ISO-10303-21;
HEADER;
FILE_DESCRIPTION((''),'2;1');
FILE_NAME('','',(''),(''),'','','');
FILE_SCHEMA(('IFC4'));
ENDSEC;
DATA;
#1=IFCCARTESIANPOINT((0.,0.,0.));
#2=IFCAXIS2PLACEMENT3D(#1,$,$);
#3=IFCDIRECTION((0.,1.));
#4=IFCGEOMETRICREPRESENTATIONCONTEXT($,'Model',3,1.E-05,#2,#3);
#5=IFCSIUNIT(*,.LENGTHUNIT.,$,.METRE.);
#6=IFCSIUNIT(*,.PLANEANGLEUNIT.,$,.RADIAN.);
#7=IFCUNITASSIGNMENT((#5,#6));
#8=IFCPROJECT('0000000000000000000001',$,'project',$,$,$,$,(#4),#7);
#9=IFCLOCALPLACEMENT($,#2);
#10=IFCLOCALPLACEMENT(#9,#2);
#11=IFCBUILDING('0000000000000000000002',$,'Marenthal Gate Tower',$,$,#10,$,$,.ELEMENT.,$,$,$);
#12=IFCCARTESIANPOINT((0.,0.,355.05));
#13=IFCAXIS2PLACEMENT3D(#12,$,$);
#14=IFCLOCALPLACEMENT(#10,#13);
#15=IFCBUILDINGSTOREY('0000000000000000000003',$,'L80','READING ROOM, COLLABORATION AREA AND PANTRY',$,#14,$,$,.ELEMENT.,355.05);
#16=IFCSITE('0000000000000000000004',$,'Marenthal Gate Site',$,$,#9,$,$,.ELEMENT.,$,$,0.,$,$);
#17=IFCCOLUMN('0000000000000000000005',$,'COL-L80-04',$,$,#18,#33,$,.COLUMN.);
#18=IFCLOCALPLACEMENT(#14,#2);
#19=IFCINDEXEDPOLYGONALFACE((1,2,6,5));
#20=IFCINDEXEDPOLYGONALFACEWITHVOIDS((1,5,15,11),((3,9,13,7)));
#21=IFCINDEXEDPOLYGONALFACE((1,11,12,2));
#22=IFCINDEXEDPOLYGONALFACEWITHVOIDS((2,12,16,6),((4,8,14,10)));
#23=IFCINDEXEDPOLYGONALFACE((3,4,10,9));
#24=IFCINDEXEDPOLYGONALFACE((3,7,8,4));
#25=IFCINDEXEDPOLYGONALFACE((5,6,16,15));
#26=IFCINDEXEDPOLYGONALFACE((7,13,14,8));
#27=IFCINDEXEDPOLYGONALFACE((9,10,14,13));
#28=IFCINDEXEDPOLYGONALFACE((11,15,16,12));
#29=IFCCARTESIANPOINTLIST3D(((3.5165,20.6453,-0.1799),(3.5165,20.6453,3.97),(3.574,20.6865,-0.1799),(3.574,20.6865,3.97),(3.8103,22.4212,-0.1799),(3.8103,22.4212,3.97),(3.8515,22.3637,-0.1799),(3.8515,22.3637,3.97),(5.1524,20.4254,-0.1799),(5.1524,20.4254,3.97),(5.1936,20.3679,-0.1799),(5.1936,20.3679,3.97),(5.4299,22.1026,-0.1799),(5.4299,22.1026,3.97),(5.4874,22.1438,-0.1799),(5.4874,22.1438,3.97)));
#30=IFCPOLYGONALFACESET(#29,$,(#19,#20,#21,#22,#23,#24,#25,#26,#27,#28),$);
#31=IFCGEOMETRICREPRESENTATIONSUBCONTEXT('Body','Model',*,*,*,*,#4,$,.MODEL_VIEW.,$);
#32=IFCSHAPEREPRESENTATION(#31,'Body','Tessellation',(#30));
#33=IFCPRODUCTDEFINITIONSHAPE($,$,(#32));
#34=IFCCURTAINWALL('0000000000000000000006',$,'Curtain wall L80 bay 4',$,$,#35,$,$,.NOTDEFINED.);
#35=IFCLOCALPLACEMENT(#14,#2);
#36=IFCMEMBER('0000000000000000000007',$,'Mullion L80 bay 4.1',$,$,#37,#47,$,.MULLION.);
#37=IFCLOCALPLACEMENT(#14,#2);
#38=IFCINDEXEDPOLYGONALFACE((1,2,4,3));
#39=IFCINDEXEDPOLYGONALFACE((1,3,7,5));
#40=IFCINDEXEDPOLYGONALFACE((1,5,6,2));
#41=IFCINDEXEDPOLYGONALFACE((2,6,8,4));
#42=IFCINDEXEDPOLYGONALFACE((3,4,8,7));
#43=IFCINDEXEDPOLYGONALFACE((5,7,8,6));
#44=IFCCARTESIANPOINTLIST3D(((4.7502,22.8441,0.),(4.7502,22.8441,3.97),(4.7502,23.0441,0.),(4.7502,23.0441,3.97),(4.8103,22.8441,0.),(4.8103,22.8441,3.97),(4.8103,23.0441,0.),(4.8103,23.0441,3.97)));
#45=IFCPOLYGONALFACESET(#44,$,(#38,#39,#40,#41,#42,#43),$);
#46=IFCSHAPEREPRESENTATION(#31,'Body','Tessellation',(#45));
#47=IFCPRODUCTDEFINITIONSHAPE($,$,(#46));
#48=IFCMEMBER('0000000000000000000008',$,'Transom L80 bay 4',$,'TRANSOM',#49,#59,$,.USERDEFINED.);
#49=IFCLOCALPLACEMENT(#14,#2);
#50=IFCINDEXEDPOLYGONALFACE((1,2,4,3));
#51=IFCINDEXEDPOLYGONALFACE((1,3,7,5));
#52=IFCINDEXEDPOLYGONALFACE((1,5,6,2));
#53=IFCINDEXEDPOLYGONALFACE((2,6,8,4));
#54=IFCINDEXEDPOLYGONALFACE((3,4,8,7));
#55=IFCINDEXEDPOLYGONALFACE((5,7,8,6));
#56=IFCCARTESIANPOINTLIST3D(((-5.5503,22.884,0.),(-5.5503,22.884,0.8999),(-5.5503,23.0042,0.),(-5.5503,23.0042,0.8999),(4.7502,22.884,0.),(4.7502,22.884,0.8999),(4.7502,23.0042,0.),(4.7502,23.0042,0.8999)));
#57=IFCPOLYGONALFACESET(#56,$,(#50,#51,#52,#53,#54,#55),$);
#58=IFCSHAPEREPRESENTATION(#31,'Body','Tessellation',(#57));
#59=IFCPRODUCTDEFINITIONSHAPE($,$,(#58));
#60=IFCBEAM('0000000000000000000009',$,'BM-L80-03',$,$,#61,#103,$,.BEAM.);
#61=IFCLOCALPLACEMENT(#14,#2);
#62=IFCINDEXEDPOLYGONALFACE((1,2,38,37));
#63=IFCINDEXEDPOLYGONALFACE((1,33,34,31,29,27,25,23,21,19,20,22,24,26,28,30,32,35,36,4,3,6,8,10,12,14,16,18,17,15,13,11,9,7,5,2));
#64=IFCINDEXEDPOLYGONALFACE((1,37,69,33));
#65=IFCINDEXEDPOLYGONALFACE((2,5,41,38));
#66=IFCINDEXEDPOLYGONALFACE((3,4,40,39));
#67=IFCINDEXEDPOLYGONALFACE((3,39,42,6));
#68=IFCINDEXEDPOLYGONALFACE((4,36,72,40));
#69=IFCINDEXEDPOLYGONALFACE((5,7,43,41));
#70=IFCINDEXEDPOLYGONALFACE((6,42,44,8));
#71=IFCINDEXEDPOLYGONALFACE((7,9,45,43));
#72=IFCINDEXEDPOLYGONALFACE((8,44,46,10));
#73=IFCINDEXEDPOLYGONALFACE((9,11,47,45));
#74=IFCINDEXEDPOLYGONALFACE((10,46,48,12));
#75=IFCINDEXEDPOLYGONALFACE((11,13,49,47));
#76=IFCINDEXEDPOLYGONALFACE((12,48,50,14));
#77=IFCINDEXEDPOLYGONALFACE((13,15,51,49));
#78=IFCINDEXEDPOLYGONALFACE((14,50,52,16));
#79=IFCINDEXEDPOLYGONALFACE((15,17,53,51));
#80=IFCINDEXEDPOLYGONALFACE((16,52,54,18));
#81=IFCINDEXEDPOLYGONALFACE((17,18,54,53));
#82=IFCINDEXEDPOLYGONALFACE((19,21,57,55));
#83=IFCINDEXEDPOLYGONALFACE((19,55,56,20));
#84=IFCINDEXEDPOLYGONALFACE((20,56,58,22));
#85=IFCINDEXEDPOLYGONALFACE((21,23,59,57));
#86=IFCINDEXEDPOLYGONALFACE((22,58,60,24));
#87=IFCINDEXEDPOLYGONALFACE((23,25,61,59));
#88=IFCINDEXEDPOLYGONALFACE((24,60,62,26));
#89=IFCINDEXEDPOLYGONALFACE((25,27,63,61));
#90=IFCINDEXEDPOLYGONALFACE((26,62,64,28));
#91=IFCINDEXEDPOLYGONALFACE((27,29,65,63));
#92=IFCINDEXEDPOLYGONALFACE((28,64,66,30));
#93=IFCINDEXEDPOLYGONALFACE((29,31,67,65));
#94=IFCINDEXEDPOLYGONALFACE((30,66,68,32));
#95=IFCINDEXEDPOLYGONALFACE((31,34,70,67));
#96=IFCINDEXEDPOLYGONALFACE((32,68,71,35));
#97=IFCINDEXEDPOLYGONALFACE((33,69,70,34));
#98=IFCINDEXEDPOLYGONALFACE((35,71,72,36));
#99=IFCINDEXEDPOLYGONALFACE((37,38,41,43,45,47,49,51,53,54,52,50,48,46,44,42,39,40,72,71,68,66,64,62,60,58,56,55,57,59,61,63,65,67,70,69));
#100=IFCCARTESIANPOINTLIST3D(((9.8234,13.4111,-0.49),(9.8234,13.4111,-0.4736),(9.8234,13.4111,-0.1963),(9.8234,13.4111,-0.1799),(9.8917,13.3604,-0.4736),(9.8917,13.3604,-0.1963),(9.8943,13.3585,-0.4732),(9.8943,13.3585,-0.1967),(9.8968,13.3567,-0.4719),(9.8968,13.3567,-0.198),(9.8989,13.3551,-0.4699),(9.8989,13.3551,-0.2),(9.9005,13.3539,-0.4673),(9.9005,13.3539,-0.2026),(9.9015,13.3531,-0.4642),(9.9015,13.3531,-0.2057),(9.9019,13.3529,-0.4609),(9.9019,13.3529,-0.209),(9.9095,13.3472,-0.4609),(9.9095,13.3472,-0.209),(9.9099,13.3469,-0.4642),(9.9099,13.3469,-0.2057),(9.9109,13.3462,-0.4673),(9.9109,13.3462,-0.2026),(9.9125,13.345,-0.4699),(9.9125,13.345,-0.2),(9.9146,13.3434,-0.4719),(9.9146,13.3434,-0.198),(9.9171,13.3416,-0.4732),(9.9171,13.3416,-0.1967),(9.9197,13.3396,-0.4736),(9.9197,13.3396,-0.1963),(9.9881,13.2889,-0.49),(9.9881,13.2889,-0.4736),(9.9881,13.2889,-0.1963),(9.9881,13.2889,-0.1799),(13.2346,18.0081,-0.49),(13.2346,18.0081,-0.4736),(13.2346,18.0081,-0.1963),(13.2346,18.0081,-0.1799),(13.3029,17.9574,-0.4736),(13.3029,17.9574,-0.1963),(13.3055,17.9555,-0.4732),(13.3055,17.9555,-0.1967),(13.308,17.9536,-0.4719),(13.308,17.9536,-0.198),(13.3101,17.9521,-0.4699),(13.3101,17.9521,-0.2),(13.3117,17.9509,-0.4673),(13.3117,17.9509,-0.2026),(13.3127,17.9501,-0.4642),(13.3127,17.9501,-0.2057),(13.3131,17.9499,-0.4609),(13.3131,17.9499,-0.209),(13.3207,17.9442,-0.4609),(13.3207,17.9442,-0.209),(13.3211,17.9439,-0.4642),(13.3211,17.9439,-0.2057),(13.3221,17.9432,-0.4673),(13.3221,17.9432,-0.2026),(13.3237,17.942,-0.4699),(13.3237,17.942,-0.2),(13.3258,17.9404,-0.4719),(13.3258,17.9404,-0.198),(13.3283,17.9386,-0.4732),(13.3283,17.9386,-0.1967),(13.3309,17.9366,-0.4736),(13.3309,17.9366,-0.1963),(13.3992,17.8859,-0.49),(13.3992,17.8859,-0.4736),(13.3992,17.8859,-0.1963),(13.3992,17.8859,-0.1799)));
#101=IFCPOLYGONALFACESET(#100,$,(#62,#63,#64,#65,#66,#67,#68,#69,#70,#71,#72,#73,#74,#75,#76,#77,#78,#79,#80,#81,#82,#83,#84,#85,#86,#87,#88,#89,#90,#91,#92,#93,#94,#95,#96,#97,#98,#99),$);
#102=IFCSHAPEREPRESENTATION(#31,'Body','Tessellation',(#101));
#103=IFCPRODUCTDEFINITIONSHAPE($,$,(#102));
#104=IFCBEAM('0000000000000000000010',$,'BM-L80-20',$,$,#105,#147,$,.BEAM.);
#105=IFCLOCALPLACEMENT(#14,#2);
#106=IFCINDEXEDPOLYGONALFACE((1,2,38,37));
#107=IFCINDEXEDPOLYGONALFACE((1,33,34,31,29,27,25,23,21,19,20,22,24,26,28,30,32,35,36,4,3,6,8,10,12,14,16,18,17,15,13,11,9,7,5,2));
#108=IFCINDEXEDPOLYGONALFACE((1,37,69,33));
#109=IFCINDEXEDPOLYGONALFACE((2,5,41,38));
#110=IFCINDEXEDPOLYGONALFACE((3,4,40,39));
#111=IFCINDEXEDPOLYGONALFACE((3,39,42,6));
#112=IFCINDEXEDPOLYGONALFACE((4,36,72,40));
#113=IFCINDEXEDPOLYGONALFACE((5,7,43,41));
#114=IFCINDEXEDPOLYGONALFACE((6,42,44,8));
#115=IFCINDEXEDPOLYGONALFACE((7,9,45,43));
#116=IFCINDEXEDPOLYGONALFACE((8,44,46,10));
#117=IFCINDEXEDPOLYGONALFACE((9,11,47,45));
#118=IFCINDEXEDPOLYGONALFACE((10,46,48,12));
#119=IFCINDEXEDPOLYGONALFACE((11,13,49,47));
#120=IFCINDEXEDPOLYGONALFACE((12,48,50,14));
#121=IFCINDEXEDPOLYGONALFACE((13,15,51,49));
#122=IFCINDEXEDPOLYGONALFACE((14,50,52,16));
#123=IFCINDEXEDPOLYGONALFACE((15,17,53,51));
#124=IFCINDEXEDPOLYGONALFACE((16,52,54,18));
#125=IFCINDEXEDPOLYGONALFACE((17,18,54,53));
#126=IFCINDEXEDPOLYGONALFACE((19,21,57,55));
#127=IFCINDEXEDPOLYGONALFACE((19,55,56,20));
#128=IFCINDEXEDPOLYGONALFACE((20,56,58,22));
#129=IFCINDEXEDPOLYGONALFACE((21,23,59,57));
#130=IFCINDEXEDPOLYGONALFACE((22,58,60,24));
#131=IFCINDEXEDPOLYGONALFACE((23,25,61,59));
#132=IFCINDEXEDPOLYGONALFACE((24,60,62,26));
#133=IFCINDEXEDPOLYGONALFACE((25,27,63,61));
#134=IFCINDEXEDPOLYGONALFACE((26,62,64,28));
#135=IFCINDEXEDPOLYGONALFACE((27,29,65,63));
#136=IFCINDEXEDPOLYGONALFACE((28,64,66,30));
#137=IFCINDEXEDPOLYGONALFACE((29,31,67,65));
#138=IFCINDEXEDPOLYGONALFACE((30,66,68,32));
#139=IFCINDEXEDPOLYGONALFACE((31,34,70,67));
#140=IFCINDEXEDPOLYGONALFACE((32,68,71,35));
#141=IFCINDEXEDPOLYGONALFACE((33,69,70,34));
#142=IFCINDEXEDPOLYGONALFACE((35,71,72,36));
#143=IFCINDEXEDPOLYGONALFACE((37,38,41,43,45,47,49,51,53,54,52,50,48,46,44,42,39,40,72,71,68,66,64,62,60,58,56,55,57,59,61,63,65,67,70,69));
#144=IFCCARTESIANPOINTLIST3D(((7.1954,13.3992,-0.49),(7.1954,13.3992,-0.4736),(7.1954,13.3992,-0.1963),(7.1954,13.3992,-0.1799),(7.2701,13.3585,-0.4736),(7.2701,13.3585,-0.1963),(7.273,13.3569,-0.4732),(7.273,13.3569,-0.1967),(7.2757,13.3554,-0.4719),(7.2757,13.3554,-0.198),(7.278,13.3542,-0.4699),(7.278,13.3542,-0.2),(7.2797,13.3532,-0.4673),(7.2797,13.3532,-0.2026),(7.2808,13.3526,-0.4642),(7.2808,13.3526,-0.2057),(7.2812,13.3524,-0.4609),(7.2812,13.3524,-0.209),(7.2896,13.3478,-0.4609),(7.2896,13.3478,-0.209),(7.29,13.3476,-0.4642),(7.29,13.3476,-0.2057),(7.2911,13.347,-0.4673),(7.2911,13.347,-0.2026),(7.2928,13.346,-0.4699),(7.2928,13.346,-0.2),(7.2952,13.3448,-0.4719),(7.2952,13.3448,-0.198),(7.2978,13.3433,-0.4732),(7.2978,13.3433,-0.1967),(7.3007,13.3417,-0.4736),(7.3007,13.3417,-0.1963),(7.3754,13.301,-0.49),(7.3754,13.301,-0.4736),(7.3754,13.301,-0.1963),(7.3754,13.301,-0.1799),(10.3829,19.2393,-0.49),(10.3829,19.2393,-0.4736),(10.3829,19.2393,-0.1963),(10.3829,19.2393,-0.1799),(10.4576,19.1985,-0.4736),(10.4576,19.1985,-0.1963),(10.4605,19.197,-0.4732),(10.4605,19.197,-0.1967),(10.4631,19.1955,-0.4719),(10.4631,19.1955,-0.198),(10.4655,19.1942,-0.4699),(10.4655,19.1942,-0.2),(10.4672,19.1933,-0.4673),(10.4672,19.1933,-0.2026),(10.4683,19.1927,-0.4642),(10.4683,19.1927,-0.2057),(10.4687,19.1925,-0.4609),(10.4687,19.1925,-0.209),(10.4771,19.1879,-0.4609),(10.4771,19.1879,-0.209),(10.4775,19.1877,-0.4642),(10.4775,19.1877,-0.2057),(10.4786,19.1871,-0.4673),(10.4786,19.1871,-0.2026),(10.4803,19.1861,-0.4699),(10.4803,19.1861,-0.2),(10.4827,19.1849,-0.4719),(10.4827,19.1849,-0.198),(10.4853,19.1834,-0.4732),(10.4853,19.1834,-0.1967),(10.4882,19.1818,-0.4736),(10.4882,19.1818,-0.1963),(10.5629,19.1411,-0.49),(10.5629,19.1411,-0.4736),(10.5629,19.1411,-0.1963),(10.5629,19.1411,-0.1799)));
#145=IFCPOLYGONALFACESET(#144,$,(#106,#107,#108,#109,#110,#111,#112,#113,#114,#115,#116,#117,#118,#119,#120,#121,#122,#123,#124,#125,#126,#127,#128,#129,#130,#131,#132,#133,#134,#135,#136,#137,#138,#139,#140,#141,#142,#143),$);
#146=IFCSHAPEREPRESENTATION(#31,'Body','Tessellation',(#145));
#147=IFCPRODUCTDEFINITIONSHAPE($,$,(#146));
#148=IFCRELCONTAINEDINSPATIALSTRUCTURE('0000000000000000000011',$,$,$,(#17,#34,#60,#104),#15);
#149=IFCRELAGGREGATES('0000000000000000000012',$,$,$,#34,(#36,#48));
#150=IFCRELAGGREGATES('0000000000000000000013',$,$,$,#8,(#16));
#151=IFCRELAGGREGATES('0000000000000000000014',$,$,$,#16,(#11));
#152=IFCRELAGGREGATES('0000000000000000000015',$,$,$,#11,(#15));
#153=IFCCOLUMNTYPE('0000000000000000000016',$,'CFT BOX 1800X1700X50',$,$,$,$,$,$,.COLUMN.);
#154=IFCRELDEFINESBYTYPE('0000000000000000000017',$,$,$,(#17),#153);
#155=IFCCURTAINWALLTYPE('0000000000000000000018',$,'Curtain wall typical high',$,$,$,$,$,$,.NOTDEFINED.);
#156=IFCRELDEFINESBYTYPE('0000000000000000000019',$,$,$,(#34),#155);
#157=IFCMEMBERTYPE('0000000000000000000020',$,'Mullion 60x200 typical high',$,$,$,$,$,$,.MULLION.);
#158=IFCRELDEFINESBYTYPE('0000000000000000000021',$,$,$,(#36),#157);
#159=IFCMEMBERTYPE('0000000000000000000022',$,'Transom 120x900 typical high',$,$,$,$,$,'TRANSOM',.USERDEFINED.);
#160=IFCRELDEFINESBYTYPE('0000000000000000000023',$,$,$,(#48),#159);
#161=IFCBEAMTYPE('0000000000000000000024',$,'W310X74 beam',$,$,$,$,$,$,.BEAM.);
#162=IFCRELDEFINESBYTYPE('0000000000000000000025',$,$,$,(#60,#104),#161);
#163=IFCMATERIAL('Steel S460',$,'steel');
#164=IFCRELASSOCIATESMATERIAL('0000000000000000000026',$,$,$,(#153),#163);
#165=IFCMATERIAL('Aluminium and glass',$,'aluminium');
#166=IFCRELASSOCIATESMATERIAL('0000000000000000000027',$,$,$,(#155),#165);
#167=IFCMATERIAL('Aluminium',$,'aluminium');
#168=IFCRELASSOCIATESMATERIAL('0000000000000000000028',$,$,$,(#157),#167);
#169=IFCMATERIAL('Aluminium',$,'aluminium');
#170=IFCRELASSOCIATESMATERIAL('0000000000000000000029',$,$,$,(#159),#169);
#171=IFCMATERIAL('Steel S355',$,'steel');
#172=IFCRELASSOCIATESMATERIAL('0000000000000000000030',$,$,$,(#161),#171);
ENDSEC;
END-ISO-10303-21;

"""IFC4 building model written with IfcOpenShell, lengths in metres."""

from ifc_helpers import new_model, si_unit, direction, frame, origin, origin_2d, place, context, subcontext, project, spatial, rectangle, hollow_rectangle, i_section, extrude, material, material_profile, profile_set, type_object, element, aggregate, save


model = new_model("IFC4")

# Units and contexts
model_context = context("Model", 3, precision=1e-05, world=origin(), true_north=direction((0.0, 1.0)))
body_context = subcontext(model_context, "Body", "Model", "MODEL_VIEW")
ifc_project = project(units=[si_unit("LENGTHUNIT", "METRE"), si_unit("PLANEANGLEUNIT", "RADIAN")], contexts=[model_context])

# Site, building, storey
site_placement = place(None, origin())
site = spatial("IfcSite", under=ifc_project, at=site_placement, Name="Marenthal Gate Site", CompositionType="ELEMENT", RefElevation=0.0)
building_placement = place(site_placement, origin())
building = spatial("IfcBuilding", under=site, at=building_placement, Name="Marenthal Gate Tower", CompositionType="ELEMENT")
storey_placement = place(building_placement, frame((0.0, 0.0, 355.05)))
storey = spatial("IfcBuildingStorey", under=building, at=storey_placement, Name="L80", Description="READING ROOM, COLLABORATION AREA AND PANTRY", CompositionType="ELEMENT", Elevation=355.05)

# Column
ifc_material_1 = material(Name="Steel S460", Category="steel")
ifc_material_profile_1 = material_profile(ifc_material_1, hollow_rectangle(XDim=1.7, YDim=1.8, WallThickness=0.05, at=origin_2d()), Name="CFT BOX 1800X1700X50")
ifc_material_2 = material(Name="Concrete 70 MPa", Category="concrete")
ifc_material_profile_2 = material_profile(ifc_material_2, rectangle(XDim=1.6001, YDim=1.7, at=origin_2d()), Name="CFT BOX 1800X1700X50 INFILL")
ifc_profile_set_1 = profile_set([ifc_material_profile_1, ifc_material_profile_2], Name="Steel S460 shell, Concrete 70 MPa infill")
column_type = type_object("IfcColumnType", Name="CFT BOX 1800X1700X50", PredefinedType="COLUMN", material=ifc_profile_set_1)
column_placement = place(storey_placement, frame((4.502, 21.3945, -0.1799), z_axis=(0.0, 0.0, 1.0), x_axis=(0.986593, -0.1632, 0.0)))
element("IfcColumn", 1, at=column_placement, inside=storey, type_object=column_type, Name="COL-L80-04", PredefinedType="COLUMN", context=body_context, shape_type="SweptSolid", body=[
    extrude(hollow_rectangle(XDim=1.7, YDim=1.8, WallThickness=0.05, at=origin_2d()), origin(), (0.0, 0.0, 1.0), 4.1499),
])

# Curtain wall, members
ifc_material_3 = material(Name="Aluminium and glass", Category="aluminium")
curtain_wall_type = type_object("IfcCurtainWallType", Name="Curtain wall typical high", PredefinedType="NOTDEFINED", material=ifc_material_3)
curtain_wall_placement = place(storey_placement, origin())
curtain_wall = element("IfcCurtainWall", 2, at=curtain_wall_placement, inside=storey, type_object=curtain_wall_type, Name="Curtain wall L80 bay 4", PredefinedType="NOTDEFINED")
ifc_material_4 = material(Name="Aluminium", Category="aluminium")
ifc_material_profile_3 = material_profile(ifc_material_4, rectangle(XDim=0.2, YDim=0.0601, at=origin_2d()), Name="60x200 aluminium mullion")
ifc_profile_set_2 = profile_set([ifc_material_profile_3], Name="Aluminium")
member_type_1 = type_object("IfcMemberType", Name="Mullion 60x200 typical high", PredefinedType="MULLION", material=ifc_profile_set_2)
member_1_placement = place(storey_placement, frame((4.7803, 22.9441, 0.0), z_axis=(0.0, 0.0, 1.0), x_axis=(0.0, -1.0, 0.0)))
member_1 = element("IfcMember", 3, at=member_1_placement, type_object=member_type_1, Name="Mullion L80 bay 4.1", PredefinedType="MULLION", context=body_context, shape_type="SweptSolid", body=[
    extrude(rectangle(XDim=0.2, YDim=0.0601, at=origin_2d()), origin(), (0.0, 0.0, 1.0), 3.97),
])
ifc_material_5 = material(Name="Aluminium", Category="aluminium")
ifc_material_profile_4 = material_profile(ifc_material_5, rectangle(XDim=0.1201, YDim=0.8999, at=origin_2d()), Name="120x900 aluminium transom")
ifc_profile_set_3 = profile_set([ifc_material_profile_4], Name="Aluminium")
member_type_2 = type_object("IfcMemberType", Name="Transom 120x900 typical high", ElementType="TRANSOM", PredefinedType="USERDEFINED", material=ifc_profile_set_3)
member_2_placement = place(storey_placement, frame((4.7502, 22.9441, 0.45), z_axis=(-1.0, 0.0, 0.0), x_axis=(0.0, -1.0, 0.0)))
member_2 = element("IfcMember", 4, at=member_2_placement, type_object=member_type_2, Name="Transom L80 bay 4", ObjectType="TRANSOM", PredefinedType="USERDEFINED", context=body_context, shape_type="SweptSolid", body=[
    extrude(rectangle(XDim=0.1201, YDim=0.8999, at=origin_2d()), origin(), (0.0, 0.0, 1.0), 10.3005),
])

# Beams
ifc_material_6 = material(Name="Steel S355", Category="steel")
ifc_material_profile_5 = material_profile(ifc_material_6, i_section(OverallWidth=0.2051, OverallDepth=0.3101, WebThickness=0.0095, FlangeThickness=0.0164, FilletRadius=0.0127, at=origin_2d()), Name="W310X74")
ifc_profile_set_4 = profile_set([ifc_material_profile_5], Name="Steel S355")
beam_type_1 = type_object("IfcBeamType", Name="W310X74 beam", PredefinedType="BEAM", material=ifc_profile_set_4)
beam_1_placement = place(storey_placement, frame((13.3169, 17.947, -0.335), z_axis=(-0.595905, -0.803055, 0.0), x_axis=(0.803055, -0.595905, 0.0)))
element("IfcBeam", 5, at=beam_1_placement, inside=storey, type_object=beam_type_1, Name="BM-L80-03", PredefinedType="BEAM", context=body_context, shape_type="SweptSolid", body=[
    extrude(i_section(OverallWidth=0.2051, OverallDepth=0.3101, WebThickness=0.0095, FlangeThickness=0.0164, FilletRadius=0.0127, at=origin_2d()), origin(), (0.0, 0.0, 1.0), 5.7244),
])
beam_2_placement = place(storey_placement, frame((10.4729, 19.1902, -0.335), z_axis=(-0.479083, -0.877769, 0.0), x_axis=(0.877769, -0.479083, 0.0)))
element("IfcBeam", 6, at=beam_2_placement, inside=storey, type_object=beam_type_1, Name="BM-L80-20", PredefinedType="BEAM", context=body_context, shape_type="SweptSolid", body=[
    extrude(i_section(OverallWidth=0.2051, OverallDepth=0.3101, WebThickness=0.0095, FlangeThickness=0.0164, FilletRadius=0.0127, at=origin_2d()), origin(), (0.0, 0.0, 1.0), 6.6533),
])

aggregate(curtain_wall, [member_1, member_2])

save(model, "model.ifc")
